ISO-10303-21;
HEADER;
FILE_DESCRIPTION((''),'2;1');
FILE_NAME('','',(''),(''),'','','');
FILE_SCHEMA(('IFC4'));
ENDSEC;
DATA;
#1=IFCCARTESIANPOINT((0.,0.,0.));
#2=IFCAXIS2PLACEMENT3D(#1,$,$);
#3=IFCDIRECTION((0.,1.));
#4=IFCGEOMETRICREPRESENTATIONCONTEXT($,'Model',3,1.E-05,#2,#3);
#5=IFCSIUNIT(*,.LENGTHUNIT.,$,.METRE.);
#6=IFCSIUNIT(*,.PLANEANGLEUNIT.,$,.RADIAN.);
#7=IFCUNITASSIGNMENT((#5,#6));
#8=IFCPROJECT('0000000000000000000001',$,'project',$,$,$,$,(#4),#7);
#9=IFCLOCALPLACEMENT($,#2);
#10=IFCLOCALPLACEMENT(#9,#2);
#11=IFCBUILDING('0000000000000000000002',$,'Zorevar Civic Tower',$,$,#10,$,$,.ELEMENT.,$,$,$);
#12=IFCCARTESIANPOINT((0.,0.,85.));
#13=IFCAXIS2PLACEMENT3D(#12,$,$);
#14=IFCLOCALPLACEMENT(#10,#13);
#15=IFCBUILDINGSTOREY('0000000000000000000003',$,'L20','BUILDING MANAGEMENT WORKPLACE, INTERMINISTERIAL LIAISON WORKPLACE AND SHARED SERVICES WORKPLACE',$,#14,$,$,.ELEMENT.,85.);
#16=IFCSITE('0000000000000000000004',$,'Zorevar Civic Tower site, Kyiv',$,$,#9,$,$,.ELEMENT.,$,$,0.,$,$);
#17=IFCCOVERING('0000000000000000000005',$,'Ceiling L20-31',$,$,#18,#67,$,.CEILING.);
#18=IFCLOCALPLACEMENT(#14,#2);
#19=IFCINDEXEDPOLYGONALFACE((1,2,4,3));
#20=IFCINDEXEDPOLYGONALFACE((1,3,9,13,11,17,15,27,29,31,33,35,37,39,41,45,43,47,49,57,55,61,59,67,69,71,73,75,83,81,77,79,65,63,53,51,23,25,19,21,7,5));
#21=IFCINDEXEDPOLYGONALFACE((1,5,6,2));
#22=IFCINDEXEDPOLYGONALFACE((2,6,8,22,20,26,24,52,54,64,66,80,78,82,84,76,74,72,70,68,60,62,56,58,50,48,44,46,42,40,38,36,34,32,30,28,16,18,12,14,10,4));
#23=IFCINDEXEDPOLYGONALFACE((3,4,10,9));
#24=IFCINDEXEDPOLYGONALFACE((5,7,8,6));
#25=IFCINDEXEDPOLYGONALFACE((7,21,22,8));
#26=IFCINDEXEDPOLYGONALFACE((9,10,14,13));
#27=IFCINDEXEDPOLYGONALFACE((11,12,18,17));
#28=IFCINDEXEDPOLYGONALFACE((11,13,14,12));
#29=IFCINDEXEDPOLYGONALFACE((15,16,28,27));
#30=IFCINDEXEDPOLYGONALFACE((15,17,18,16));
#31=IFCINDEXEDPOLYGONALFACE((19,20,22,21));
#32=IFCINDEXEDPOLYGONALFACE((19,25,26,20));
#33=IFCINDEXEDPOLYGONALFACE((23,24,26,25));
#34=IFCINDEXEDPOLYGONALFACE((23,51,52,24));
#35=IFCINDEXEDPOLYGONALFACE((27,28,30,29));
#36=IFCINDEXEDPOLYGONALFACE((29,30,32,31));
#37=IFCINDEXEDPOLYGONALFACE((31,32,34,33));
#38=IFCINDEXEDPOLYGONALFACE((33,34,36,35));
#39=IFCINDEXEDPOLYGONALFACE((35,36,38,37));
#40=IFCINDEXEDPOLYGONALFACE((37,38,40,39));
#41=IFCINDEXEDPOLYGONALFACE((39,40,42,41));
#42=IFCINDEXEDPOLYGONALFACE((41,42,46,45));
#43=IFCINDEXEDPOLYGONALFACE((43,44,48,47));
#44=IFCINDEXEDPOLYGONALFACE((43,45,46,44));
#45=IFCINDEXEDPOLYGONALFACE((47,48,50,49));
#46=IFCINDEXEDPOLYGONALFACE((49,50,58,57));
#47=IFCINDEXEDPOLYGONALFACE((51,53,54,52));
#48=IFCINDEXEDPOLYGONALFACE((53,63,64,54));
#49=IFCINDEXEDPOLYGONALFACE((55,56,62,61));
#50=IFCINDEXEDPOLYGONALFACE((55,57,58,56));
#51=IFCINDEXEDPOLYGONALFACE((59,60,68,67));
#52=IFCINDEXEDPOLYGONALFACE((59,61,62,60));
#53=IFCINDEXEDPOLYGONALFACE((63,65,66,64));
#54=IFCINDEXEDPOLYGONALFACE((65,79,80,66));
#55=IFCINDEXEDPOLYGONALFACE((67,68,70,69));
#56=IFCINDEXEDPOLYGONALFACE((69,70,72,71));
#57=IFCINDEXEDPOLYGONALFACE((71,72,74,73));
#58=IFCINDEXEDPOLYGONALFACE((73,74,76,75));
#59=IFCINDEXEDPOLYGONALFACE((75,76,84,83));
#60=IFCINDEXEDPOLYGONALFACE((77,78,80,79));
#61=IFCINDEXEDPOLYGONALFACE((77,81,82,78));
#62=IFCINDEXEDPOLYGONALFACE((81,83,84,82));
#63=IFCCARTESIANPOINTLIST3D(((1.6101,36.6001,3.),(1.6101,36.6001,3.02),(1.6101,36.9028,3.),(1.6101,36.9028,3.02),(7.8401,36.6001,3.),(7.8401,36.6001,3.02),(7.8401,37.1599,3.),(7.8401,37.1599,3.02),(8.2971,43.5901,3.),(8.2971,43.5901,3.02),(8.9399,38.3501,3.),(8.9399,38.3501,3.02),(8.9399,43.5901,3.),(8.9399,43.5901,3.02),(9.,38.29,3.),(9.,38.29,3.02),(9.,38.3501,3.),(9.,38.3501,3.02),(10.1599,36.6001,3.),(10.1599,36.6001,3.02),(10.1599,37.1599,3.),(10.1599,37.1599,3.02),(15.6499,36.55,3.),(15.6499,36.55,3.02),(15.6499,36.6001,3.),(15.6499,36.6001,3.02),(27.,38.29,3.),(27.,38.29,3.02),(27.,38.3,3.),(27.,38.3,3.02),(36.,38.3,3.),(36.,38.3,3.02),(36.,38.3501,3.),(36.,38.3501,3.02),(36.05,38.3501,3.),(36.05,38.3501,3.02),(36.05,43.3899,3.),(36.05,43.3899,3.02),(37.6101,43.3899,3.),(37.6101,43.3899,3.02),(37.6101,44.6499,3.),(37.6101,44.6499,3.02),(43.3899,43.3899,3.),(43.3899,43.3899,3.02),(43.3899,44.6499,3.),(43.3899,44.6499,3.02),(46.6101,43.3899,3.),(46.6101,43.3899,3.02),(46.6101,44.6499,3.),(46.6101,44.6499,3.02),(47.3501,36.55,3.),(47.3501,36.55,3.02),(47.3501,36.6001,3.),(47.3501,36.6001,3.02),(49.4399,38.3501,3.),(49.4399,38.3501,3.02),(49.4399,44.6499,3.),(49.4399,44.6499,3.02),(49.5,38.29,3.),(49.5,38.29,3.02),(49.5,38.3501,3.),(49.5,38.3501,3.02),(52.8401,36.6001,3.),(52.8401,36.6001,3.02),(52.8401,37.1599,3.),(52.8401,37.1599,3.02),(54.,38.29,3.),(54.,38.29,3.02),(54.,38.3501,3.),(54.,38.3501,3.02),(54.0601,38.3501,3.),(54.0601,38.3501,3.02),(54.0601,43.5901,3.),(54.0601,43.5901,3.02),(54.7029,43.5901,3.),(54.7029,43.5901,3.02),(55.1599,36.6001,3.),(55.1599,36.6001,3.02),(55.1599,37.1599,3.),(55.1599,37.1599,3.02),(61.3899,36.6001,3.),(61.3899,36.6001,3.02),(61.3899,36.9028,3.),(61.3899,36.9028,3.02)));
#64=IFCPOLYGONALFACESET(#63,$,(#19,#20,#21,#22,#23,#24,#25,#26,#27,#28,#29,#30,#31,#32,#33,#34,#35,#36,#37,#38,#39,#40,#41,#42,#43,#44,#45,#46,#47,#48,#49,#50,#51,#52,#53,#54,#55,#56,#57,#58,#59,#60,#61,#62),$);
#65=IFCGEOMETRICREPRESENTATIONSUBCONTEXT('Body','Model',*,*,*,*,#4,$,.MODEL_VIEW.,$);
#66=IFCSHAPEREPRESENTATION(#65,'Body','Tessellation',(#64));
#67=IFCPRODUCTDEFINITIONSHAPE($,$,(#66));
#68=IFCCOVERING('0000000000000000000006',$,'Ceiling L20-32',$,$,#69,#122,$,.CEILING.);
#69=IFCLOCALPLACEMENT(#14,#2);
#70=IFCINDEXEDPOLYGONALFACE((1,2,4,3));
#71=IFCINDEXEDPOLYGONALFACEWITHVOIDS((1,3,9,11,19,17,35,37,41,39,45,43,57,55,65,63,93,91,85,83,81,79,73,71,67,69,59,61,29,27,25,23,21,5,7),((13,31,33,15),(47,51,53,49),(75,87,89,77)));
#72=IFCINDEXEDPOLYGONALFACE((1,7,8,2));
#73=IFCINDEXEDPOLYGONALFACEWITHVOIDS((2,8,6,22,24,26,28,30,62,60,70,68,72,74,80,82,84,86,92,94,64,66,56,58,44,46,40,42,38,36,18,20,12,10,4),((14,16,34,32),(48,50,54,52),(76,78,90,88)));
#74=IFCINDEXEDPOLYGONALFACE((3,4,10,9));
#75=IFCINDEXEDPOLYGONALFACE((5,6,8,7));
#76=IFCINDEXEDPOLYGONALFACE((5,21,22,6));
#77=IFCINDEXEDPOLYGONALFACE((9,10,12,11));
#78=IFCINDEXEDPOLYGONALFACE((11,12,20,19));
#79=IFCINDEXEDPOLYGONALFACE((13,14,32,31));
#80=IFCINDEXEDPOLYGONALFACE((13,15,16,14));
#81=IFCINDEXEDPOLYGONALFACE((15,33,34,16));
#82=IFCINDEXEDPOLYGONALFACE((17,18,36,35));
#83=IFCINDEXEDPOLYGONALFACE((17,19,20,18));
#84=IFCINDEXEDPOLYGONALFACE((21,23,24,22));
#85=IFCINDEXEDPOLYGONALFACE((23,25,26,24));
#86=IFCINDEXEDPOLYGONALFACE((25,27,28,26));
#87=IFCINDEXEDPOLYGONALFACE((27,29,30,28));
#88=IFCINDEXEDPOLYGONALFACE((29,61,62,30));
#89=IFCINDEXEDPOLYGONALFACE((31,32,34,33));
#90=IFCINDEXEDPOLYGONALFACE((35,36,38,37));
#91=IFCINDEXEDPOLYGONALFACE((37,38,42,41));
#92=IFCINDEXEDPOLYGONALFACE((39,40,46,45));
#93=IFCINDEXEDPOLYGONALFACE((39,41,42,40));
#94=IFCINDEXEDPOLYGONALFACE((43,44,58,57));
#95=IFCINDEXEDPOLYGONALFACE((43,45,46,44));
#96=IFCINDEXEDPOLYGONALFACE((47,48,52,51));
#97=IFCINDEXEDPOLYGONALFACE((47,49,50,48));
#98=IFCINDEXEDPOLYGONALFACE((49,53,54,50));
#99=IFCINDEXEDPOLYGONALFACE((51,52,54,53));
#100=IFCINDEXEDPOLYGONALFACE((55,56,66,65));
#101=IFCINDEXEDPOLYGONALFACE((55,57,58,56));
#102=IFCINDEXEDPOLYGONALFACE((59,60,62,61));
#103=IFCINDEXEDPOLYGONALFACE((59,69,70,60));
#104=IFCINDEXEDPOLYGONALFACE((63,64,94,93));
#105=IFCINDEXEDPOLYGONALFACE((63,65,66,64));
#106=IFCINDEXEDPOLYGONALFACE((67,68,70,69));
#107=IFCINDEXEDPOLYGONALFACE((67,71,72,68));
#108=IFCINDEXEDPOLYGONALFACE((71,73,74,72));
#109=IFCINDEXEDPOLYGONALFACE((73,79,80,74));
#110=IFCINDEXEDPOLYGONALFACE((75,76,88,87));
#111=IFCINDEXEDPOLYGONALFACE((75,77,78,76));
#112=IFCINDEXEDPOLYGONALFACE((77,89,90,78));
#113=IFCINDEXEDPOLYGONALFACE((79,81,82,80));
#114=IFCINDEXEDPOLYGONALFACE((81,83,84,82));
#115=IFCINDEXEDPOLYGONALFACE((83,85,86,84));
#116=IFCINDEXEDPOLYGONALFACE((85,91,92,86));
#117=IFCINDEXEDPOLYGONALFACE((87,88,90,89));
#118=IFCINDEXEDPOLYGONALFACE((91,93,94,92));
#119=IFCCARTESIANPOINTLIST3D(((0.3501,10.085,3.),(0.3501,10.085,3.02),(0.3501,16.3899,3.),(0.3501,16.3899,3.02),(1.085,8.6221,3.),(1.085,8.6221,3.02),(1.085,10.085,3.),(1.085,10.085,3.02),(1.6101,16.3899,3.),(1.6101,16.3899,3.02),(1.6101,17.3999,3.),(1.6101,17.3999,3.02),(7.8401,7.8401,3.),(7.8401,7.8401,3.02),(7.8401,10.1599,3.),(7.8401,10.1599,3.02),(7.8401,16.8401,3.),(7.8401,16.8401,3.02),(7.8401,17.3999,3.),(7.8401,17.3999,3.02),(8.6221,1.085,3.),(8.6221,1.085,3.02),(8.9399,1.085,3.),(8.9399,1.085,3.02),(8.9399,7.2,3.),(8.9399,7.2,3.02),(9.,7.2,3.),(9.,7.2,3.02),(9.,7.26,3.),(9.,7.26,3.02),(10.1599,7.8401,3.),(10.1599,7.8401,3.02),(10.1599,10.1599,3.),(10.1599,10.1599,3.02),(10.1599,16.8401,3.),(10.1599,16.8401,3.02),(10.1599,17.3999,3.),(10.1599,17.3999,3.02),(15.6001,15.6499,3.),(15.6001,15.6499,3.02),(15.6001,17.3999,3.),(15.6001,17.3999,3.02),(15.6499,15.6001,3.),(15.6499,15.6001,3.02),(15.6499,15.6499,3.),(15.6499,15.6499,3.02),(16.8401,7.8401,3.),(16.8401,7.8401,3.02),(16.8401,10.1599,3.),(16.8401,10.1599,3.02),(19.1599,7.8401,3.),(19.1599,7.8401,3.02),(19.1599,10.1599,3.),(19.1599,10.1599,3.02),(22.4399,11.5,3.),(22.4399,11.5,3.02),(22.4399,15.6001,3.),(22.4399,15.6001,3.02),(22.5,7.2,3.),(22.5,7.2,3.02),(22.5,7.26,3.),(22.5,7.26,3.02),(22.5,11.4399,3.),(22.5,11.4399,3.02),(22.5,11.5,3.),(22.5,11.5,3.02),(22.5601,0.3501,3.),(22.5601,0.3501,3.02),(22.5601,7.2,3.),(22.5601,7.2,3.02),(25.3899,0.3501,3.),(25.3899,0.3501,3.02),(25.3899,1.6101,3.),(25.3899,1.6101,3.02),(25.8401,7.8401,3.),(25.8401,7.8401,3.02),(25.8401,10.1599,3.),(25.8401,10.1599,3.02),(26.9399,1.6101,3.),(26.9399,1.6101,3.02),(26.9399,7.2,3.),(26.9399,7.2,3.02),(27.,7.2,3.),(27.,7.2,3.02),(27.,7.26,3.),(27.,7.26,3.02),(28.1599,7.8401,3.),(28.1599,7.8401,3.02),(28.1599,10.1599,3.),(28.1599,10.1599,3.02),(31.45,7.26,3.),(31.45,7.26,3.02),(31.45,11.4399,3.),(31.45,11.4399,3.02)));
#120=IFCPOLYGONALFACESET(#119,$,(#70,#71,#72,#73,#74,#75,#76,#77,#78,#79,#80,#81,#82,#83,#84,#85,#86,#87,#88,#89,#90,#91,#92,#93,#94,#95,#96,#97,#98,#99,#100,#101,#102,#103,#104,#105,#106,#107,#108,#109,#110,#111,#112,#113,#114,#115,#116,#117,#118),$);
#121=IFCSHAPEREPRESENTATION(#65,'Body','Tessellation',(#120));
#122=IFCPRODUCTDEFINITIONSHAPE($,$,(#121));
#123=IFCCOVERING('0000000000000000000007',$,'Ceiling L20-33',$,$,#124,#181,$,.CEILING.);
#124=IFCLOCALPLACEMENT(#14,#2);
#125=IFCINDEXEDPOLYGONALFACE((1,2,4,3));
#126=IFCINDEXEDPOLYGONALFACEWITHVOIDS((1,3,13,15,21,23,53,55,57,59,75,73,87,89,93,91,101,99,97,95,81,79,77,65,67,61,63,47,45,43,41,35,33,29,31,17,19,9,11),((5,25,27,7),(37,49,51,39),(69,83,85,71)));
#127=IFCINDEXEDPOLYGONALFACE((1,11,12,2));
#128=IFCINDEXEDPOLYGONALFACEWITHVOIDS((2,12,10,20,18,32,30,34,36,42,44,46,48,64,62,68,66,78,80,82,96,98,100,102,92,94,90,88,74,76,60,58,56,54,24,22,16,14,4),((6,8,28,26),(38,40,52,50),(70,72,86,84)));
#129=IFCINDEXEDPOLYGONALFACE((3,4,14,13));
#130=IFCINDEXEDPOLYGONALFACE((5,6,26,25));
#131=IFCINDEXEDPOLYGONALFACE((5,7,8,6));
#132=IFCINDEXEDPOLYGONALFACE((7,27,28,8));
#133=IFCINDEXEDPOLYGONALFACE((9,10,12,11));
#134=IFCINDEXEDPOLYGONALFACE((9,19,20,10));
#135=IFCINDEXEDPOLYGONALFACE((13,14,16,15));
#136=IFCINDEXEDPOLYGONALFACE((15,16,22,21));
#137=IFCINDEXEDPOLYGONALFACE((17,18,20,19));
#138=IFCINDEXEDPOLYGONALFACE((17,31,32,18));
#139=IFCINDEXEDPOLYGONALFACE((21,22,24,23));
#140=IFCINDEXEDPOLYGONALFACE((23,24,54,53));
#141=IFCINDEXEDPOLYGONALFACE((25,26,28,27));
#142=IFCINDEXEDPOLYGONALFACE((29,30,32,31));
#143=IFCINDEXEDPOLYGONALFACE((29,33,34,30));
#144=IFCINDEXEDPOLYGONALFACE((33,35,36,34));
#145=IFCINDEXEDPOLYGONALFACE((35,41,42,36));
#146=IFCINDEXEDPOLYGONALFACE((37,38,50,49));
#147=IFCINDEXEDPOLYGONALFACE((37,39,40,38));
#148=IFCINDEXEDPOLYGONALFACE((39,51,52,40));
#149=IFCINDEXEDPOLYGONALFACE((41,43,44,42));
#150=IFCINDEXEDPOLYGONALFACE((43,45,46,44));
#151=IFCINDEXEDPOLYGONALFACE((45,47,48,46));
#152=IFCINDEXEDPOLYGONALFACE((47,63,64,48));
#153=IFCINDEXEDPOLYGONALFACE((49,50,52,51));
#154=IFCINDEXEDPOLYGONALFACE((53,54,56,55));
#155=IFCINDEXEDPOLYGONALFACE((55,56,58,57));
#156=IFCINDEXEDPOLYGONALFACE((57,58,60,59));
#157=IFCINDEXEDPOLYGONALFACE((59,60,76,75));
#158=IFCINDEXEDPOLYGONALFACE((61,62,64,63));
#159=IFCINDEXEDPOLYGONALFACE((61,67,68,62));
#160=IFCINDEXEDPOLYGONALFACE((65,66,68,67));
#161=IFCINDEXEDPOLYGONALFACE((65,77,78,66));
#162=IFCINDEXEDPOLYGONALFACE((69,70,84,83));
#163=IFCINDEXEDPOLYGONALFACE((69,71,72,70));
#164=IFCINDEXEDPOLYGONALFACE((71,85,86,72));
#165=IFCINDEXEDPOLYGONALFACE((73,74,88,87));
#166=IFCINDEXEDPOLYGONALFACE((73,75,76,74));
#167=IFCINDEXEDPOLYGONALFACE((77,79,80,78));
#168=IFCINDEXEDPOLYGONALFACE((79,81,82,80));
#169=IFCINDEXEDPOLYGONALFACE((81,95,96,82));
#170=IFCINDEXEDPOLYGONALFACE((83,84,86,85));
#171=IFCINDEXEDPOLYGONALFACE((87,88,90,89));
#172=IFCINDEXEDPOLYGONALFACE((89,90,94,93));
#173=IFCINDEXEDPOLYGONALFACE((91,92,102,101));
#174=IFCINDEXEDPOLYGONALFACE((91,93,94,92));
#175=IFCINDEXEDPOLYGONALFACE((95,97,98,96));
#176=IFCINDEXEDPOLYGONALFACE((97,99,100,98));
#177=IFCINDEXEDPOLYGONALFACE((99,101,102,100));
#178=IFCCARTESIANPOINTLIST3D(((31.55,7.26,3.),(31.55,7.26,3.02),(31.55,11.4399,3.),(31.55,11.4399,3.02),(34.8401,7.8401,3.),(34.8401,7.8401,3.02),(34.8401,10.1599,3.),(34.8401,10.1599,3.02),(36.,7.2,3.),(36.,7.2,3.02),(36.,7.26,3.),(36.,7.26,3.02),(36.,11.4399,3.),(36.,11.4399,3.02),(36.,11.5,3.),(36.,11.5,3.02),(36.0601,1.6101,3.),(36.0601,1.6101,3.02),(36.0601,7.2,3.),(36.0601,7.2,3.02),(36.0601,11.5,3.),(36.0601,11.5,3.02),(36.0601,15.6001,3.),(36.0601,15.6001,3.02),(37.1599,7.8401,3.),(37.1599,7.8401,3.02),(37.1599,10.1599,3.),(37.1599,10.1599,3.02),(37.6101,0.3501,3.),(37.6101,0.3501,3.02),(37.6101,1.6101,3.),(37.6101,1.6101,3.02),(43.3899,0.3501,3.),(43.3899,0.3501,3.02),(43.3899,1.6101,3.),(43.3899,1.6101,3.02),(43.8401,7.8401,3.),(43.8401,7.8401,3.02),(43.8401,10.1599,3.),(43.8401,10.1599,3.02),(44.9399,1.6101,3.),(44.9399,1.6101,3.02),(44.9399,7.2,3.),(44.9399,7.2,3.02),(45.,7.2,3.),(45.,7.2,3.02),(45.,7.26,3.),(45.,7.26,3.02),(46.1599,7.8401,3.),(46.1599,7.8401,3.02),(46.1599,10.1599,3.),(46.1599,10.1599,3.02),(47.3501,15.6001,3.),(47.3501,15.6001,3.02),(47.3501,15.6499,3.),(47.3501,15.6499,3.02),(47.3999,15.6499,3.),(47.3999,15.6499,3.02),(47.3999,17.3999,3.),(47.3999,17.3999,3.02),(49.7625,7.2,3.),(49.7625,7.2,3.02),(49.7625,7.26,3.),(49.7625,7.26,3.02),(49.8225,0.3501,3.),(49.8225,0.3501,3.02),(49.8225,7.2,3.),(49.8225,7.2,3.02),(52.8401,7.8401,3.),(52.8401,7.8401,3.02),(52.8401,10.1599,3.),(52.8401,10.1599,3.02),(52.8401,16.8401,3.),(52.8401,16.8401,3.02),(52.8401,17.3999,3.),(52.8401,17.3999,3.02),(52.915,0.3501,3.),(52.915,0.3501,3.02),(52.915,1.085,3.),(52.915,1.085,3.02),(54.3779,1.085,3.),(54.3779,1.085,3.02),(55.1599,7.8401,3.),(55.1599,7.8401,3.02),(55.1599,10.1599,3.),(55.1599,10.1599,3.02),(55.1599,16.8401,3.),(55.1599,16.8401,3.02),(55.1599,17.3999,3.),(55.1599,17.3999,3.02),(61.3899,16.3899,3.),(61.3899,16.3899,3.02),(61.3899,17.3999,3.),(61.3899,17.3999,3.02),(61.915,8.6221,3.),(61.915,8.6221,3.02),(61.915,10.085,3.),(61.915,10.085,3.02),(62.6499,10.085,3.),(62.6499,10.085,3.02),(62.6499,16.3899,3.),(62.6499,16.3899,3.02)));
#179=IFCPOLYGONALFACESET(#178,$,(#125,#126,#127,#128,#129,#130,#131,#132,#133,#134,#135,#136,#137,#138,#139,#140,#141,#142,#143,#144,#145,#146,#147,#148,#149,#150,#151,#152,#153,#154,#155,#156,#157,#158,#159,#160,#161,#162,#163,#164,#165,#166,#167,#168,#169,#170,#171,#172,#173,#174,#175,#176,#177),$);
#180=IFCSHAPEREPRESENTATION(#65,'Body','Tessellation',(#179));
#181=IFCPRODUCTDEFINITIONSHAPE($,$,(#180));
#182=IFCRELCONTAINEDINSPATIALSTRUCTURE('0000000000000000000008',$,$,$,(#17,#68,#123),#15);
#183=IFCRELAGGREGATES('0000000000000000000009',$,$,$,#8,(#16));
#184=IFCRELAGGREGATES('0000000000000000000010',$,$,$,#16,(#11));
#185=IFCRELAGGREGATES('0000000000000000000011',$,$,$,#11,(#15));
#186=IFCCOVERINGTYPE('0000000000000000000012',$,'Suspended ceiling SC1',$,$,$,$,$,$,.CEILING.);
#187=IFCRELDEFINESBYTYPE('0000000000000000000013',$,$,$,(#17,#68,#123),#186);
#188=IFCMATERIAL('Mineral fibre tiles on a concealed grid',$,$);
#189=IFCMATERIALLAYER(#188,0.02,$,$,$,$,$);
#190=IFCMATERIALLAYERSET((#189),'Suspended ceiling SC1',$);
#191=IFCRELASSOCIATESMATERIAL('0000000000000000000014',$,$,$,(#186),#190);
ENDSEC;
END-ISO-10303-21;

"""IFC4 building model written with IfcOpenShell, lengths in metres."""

from ifc_helpers import new_model, si_unit, direction, frame, origin, place, context, subcontext, project, spatial, polyline, outline, extrude, material, layer, layer_set, type_object, element, save


model = new_model("IFC4")

# Units and contexts
model_context = context("Model", 3, precision=1e-05, world=origin(), true_north=direction((0.0, 1.0)))
body_context = subcontext(model_context, "Body", "Model", "MODEL_VIEW")
ifc_project = project(units=[si_unit("LENGTHUNIT", "METRE"), si_unit("PLANEANGLEUNIT", "RADIAN")], contexts=[model_context])

# Site, building, storey
site_placement = place(None, origin())
site = spatial("IfcSite", under=ifc_project, at=site_placement, Name="Zorevar Civic Tower site, Kyiv", CompositionType="ELEMENT", RefElevation=0.0)
building_placement = place(site_placement, origin())
building = spatial("IfcBuilding", under=site, at=building_placement, Name="Zorevar Civic Tower", CompositionType="ELEMENT")
storey_placement = place(building_placement, frame((0.0, 0.0, 85.0)))
storey = spatial("IfcBuildingStorey", under=building, at=storey_placement, Name="L20", Description="BUILDING MANAGEMENT WORKPLACE, INTERMINISTERIAL LIAISON WORKPLACE AND SHARED SERVICES WORKPLACE", CompositionType="ELEMENT", Elevation=85.0)

# Coverings
ifc_material_1 = material(Name="Mineral fibre tiles on a concealed grid")
ifc_layer_1 = layer(ifc_material_1, 0.02)
ifc_layer_set_1 = layer_set([ifc_layer_1], Name="Suspended ceiling SC1")
covering_type_1 = type_object("IfcCoveringType", Name="Suspended ceiling SC1", PredefinedType="CEILING", material=ifc_layer_set_1)
covering_1_placement = place(storey_placement, frame((0.0, 0.0, 3.0)))
element("IfcCovering", 1, at=covering_1_placement, inside=storey, type_object=covering_type_1, Name="Ceiling L20-31", PredefinedType="CEILING", context=body_context, shape_type="SweptSolid", body=[
    extrude(outline(polyline([(9.0, 38.29), (27.0, 38.29), (27.0, 38.3), (36.0, 38.3), (36.0, 38.3501), (36.05, 38.3501), (36.05, 43.3899), (37.6101, 43.3899), (37.6101, 44.6499), (43.3899, 44.6499), (43.3899, 43.3899), (46.6101, 43.3899), (46.6101, 44.6499), (49.4399, 44.6499), (49.4399, 38.3501), (49.5, 38.3501), (49.5, 38.29), (54.0, 38.29), (54.0, 38.3501), (54.0601, 38.3501), (54.0601, 43.5901), (54.7029, 43.5901), (61.3899, 36.9028), (61.3899, 36.6001), (55.1599, 36.6001), (55.1599, 37.1599), (52.8401, 37.1599), (52.8401, 36.6001), (47.3501, 36.6001), (47.3501, 36.55), (15.6499, 36.55), (15.6499, 36.6001), (10.1599, 36.6001), (10.1599, 37.1599), (7.8401, 37.1599), (7.8401, 36.6001), (1.6101, 36.6001), (1.6101, 36.9028), (8.2971, 43.5901), (8.9399, 43.5901), (8.9399, 38.3501), (9.0, 38.3501), (9.0, 38.29)])), origin(), (0.0, 0.0, 1.0), 0.02),
])
covering_2_placement = place(storey_placement, frame((0.0, 0.0, 3.0)))
element("IfcCovering", 2, at=covering_2_placement, inside=storey, type_object=covering_type_1, Name="Ceiling L20-32", PredefinedType="CEILING", context=body_context, shape_type="SweptSolid", body=[
    extrude(outline(polyline([(1.085, 10.085), (0.3501, 10.085), (0.3501, 16.3899), (1.6101, 16.3899), (1.6101, 17.3999), (7.8401, 17.3999), (7.8401, 16.8401), (10.1599, 16.8401), (10.1599, 17.3999), (15.6001, 17.3999), (15.6001, 15.6499), (15.6499, 15.6499), (15.6499, 15.6001), (22.4399, 15.6001), (22.4399, 11.5), (22.5, 11.5), (22.5, 11.4399), (31.45, 11.4399), (31.45, 7.26), (27.0, 7.26), (27.0, 7.2), (26.9399, 7.2), (26.9399, 1.6101), (25.3899, 1.6101), (25.3899, 0.3501), (22.5601, 0.3501), (22.5601, 7.2), (22.5, 7.2), (22.5, 7.26), (9.0, 7.26), (9.0, 7.2), (8.9399, 7.2), (8.9399, 1.085), (8.6221, 1.085), (1.085, 8.6221), (1.085, 10.085)]), holes=[polyline([(7.8401, 10.1599), (7.8401, 7.8401), (10.1599, 7.8401), (10.1599, 10.1599), (7.8401, 10.1599)]), polyline([(19.1599, 7.8401), (19.1599, 10.1599), (16.8401, 10.1599), (16.8401, 7.8401), (19.1599, 7.8401)]), polyline([(25.8401, 10.1599), (25.8401, 7.8401), (28.1599, 7.8401), (28.1599, 10.1599), (25.8401, 10.1599)])]), origin(), (0.0, 0.0, 1.0), 0.02),
])
covering_3_placement = place(storey_placement, frame((0.0, 0.0, 3.0)))
element("IfcCovering", 3, at=covering_3_placement, inside=storey, type_object=covering_type_1, Name="Ceiling L20-33", PredefinedType="CEILING", context=body_context, shape_type="SweptSolid", body=[
    extrude(outline(polyline([(47.3501, 15.6001), (47.3501, 15.6499), (47.3999, 15.6499), (47.3999, 17.3999), (52.8401, 17.3999), (52.8401, 16.8401), (55.1599, 16.8401), (55.1599, 17.3999), (61.3899, 17.3999), (61.3899, 16.3899), (62.6499, 16.3899), (62.6499, 10.085), (61.915, 10.085), (61.915, 8.6221), (54.3779, 1.085), (52.915, 1.085), (52.915, 0.3501), (49.8225, 0.3501), (49.8225, 7.2), (49.7625, 7.2), (49.7625, 7.26), (45.0, 7.26), (45.0, 7.2), (44.9399, 7.2), (44.9399, 1.6101), (43.3899, 1.6101), (43.3899, 0.3501), (37.6101, 0.3501), (37.6101, 1.6101), (36.0601, 1.6101), (36.0601, 7.2), (36.0, 7.2), (36.0, 7.26), (31.55, 7.26), (31.55, 11.4399), (36.0, 11.4399), (36.0, 11.5), (36.0601, 11.5), (36.0601, 15.6001), (47.3501, 15.6001)]), holes=[polyline([(37.1599, 10.1599), (34.8401, 10.1599), (34.8401, 7.8401), (37.1599, 7.8401), (37.1599, 10.1599)]), polyline([(43.8401, 7.8401), (46.1599, 7.8401), (46.1599, 10.1599), (43.8401, 10.1599), (43.8401, 7.8401)]), polyline([(55.1599, 10.1599), (52.8401, 10.1599), (52.8401, 7.8401), (55.1599, 7.8401), (55.1599, 10.1599)])]), origin(), (0.0, 0.0, 1.0), 0.02),
])

save(model, "model.ifc")
